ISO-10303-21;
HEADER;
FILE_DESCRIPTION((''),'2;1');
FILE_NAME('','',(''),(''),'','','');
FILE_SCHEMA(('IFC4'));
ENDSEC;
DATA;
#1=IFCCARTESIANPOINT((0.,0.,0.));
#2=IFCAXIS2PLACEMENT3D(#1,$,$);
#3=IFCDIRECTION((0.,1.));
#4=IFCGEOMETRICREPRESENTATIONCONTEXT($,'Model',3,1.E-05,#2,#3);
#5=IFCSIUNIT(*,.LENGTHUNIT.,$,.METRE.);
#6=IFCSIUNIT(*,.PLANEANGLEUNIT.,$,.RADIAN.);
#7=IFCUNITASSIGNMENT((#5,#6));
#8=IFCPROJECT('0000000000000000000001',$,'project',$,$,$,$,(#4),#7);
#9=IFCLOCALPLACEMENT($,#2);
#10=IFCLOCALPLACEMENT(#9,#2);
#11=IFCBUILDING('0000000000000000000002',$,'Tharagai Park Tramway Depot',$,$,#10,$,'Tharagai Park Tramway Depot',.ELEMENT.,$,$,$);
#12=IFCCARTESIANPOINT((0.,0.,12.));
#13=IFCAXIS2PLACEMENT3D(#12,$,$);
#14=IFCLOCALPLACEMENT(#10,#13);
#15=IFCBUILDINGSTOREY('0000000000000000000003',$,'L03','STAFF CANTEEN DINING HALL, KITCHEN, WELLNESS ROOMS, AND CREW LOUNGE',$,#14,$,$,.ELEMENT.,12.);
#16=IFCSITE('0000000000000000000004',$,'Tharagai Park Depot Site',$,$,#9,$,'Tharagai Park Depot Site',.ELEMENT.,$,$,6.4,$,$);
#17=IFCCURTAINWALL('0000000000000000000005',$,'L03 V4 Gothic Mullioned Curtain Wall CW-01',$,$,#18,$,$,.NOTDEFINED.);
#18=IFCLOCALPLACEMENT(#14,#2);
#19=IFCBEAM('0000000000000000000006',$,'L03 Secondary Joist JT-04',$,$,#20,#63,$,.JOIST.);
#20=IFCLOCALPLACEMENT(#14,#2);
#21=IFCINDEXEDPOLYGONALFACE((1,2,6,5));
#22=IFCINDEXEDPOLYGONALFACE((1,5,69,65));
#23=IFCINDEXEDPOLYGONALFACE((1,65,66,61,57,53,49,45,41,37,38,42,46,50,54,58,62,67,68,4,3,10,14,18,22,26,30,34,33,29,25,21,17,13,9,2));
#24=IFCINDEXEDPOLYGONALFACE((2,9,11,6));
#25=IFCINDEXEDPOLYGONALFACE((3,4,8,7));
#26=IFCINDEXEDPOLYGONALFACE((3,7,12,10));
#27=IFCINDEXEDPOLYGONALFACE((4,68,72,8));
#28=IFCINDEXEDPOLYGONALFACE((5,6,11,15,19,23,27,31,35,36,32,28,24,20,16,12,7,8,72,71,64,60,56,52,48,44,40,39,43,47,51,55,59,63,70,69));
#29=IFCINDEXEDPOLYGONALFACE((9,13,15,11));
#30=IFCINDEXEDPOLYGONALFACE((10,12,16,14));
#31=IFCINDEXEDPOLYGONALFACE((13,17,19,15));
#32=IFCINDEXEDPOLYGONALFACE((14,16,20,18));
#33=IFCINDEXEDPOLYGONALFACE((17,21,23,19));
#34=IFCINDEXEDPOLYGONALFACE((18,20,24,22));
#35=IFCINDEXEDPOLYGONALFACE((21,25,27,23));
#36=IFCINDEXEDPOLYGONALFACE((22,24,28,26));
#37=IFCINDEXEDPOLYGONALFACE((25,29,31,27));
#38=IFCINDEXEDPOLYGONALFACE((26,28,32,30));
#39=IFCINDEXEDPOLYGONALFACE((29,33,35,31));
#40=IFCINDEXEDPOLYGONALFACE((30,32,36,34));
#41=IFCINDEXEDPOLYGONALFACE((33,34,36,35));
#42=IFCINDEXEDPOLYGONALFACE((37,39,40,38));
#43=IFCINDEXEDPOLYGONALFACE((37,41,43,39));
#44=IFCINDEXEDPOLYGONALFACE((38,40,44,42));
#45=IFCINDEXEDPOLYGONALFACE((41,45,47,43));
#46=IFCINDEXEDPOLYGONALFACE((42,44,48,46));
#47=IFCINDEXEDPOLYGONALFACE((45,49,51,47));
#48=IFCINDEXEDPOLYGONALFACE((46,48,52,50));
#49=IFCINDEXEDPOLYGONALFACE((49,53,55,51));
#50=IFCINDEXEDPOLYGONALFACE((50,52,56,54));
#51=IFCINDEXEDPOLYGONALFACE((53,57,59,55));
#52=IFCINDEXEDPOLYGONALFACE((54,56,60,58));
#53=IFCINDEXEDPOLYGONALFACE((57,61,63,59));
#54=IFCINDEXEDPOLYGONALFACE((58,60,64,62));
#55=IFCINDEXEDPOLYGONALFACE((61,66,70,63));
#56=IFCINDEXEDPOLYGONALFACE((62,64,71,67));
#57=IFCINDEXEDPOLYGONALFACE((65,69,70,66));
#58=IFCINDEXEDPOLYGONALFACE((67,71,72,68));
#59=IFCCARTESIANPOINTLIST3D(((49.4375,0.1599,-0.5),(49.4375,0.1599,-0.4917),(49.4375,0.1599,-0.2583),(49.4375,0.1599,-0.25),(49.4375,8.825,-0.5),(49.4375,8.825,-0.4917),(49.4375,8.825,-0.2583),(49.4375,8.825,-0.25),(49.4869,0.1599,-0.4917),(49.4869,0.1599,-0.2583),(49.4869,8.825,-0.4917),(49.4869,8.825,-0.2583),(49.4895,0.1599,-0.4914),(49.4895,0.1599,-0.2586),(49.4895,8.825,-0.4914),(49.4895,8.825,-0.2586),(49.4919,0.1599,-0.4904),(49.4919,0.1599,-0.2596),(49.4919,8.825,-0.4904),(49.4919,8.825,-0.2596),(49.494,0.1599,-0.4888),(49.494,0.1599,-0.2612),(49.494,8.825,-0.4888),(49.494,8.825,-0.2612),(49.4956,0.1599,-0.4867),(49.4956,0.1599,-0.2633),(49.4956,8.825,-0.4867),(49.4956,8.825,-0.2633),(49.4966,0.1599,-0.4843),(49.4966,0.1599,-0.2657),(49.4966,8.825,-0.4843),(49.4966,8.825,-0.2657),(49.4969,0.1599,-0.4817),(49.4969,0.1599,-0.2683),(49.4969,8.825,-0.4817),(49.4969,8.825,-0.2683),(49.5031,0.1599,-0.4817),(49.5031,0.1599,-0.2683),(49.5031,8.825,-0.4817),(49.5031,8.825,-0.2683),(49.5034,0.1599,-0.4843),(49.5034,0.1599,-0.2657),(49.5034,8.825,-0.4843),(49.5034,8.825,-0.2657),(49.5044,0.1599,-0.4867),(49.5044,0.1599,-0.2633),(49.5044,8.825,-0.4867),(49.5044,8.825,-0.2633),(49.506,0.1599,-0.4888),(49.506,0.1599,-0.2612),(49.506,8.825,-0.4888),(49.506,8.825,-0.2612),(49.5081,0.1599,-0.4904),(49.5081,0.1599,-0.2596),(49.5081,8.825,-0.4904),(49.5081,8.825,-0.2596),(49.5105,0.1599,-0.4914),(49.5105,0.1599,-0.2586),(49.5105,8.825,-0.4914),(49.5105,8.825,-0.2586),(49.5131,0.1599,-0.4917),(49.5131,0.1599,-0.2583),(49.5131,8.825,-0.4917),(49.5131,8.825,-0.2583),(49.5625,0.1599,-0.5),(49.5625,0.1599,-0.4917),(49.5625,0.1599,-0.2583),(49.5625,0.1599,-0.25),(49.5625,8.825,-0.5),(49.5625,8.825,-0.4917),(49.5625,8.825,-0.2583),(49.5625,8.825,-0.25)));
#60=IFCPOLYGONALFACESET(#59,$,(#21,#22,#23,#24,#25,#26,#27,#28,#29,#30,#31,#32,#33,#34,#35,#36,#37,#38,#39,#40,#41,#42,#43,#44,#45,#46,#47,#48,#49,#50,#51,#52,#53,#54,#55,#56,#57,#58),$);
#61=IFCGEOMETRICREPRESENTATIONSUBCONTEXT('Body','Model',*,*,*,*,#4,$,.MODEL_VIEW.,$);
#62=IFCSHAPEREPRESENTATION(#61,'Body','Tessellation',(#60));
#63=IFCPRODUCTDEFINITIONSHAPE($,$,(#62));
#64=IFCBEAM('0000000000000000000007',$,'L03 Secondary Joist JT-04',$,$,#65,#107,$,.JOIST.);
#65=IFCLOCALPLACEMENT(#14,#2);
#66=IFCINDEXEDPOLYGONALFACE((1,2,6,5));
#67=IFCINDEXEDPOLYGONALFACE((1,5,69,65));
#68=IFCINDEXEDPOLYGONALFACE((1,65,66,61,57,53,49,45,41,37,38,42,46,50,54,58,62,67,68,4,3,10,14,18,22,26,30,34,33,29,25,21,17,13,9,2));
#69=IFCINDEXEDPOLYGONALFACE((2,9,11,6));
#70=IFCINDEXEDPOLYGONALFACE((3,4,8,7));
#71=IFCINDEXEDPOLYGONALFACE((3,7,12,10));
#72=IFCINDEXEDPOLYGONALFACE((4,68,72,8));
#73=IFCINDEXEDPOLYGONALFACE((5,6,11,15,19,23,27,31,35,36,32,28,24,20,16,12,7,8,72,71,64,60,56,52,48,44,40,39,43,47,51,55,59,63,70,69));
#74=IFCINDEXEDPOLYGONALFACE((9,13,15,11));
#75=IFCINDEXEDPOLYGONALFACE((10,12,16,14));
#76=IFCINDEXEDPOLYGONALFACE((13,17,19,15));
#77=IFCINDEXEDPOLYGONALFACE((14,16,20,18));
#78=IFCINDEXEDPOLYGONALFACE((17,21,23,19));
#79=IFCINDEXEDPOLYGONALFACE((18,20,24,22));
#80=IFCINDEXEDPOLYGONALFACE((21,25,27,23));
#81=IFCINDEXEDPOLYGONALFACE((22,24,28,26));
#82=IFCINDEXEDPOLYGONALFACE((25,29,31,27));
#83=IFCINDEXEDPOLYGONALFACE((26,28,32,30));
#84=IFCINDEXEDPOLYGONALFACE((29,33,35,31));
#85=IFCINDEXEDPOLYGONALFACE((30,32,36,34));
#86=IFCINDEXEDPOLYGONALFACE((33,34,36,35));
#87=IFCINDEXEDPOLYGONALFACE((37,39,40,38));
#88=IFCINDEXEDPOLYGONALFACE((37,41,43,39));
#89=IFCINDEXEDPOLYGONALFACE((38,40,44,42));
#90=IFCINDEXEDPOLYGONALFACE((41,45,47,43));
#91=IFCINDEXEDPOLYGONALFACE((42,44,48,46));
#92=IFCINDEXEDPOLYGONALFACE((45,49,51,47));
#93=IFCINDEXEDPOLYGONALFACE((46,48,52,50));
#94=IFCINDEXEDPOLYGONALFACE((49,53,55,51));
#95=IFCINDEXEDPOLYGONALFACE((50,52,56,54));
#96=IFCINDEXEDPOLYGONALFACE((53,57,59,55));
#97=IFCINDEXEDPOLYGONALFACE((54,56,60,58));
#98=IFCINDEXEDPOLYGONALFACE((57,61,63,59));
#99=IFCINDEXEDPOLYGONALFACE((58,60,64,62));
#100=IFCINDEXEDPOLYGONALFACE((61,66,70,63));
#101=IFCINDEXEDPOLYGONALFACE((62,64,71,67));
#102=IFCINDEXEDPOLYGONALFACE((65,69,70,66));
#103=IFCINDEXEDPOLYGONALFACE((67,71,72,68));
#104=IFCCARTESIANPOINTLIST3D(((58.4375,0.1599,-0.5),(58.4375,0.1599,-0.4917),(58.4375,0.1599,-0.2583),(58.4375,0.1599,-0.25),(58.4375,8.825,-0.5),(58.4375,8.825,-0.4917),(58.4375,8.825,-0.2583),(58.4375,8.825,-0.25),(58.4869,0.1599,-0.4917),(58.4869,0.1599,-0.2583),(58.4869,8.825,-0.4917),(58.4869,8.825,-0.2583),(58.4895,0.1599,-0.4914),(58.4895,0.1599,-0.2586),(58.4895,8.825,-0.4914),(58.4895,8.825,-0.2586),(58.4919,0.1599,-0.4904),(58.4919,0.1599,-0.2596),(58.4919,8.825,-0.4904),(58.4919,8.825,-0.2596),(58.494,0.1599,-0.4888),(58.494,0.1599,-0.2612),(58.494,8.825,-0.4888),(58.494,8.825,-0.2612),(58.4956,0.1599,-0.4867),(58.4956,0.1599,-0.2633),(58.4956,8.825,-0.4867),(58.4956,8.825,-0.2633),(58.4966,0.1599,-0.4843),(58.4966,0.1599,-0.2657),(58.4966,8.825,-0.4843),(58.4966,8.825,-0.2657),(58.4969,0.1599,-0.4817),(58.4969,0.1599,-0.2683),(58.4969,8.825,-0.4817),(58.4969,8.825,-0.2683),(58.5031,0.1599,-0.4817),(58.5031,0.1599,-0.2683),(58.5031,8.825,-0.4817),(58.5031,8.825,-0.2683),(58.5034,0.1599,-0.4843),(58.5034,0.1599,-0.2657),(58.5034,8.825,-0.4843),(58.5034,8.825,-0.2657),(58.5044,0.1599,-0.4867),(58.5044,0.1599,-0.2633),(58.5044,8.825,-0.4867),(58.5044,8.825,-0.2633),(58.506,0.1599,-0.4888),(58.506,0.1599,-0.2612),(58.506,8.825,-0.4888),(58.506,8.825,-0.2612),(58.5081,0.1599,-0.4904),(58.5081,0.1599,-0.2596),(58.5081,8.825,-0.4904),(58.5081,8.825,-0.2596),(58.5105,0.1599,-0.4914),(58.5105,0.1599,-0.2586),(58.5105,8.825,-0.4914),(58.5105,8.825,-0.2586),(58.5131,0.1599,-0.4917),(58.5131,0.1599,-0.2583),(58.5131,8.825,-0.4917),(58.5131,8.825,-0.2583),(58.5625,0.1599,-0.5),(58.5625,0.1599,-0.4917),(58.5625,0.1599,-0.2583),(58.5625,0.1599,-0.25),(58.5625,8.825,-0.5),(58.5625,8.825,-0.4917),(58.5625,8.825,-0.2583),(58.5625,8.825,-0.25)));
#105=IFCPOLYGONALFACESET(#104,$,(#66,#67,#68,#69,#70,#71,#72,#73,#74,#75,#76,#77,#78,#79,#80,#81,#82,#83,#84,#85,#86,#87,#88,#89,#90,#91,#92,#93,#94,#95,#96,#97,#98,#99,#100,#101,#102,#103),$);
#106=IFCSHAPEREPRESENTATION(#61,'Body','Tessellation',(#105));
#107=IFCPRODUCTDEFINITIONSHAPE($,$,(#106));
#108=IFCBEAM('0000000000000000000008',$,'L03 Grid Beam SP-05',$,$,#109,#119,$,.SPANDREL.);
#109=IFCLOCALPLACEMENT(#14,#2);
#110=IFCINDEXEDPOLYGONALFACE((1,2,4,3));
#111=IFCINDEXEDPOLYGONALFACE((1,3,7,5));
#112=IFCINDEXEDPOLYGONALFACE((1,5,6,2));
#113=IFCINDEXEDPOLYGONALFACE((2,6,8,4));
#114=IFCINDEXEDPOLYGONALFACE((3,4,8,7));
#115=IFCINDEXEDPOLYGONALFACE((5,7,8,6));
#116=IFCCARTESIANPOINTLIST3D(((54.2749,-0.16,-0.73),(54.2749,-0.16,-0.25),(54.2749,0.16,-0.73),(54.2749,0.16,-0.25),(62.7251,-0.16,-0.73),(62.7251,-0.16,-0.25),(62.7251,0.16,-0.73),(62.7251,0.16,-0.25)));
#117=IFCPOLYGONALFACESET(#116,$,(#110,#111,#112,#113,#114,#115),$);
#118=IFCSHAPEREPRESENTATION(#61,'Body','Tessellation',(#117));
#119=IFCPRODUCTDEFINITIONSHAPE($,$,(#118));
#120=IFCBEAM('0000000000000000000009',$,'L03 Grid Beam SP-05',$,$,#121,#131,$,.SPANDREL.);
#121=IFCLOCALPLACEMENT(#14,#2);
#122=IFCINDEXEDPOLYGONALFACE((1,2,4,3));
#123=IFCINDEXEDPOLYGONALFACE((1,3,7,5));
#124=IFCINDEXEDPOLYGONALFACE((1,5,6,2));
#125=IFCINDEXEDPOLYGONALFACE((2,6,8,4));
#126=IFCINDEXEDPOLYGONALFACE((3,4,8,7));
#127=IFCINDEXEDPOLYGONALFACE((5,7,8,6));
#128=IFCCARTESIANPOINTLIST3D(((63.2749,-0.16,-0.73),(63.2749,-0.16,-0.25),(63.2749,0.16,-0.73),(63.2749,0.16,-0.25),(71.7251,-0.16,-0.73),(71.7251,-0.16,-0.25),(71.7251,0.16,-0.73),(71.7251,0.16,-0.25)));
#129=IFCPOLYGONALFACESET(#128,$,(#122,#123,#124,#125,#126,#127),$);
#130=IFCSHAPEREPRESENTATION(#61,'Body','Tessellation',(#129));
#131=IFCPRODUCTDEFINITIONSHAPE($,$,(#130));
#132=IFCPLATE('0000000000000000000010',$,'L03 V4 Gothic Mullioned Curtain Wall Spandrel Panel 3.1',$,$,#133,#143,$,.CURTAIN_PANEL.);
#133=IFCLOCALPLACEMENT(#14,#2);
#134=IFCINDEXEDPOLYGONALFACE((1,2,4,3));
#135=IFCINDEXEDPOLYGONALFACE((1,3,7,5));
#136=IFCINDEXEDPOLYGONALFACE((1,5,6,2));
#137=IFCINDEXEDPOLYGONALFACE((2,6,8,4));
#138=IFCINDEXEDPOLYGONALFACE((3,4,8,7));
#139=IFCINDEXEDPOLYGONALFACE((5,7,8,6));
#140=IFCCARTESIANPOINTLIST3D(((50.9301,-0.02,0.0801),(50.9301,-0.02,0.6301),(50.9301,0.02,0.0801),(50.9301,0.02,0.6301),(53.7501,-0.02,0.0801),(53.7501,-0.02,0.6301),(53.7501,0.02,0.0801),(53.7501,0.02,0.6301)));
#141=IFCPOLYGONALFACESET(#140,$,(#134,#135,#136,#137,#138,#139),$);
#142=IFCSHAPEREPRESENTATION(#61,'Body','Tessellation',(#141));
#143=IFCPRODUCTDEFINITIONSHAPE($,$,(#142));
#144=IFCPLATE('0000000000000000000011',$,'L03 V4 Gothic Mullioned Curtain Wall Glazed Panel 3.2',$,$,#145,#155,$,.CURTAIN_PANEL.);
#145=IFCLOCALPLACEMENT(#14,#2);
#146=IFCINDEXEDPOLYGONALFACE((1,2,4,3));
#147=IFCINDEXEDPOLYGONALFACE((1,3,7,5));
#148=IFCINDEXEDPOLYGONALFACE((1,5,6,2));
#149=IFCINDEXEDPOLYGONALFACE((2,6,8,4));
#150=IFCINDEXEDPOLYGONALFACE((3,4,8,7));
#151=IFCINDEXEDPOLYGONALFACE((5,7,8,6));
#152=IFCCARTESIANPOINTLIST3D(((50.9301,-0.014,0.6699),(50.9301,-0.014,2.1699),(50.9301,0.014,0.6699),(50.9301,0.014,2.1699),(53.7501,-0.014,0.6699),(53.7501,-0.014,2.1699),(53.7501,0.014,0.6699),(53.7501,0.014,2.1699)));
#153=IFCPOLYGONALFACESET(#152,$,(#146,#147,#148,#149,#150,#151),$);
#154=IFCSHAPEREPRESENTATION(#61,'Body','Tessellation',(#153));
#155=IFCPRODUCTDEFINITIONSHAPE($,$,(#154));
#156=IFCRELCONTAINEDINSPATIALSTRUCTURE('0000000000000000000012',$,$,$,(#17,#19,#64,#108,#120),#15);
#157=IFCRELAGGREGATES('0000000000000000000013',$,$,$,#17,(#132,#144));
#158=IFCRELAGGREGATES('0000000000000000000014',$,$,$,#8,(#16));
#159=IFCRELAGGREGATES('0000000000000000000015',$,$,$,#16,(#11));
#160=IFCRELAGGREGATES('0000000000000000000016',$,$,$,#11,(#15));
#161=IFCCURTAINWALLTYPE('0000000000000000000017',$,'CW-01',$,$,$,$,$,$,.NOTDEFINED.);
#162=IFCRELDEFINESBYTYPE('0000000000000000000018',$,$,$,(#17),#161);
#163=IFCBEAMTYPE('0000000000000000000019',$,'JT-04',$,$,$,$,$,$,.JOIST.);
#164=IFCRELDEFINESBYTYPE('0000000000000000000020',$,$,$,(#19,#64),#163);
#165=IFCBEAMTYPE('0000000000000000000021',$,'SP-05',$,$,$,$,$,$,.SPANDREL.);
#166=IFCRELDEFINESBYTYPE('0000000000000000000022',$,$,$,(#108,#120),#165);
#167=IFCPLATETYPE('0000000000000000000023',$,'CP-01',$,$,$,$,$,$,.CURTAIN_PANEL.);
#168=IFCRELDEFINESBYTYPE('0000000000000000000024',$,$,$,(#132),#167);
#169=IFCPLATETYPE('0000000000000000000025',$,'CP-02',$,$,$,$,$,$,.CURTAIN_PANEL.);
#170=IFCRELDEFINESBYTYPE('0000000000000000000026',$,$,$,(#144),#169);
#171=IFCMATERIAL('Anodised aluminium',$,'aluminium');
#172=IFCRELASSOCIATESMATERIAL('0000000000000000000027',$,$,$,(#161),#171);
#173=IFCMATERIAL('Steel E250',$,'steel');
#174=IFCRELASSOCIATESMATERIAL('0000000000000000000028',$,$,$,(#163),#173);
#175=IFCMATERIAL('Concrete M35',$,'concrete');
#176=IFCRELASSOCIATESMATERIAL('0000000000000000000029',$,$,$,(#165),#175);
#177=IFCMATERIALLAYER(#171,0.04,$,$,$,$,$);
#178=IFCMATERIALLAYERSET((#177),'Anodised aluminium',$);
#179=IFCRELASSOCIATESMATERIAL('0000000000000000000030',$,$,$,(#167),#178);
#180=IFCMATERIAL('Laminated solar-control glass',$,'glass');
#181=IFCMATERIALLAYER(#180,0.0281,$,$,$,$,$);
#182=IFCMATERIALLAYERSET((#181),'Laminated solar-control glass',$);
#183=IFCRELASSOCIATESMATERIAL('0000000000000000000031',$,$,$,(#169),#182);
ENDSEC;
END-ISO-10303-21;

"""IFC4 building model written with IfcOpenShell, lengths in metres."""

from ifc_helpers import new_model, si_unit, direction, frame, origin, origin_2d, place, context, subcontext, project, spatial, rectangle, i_section, extrude, material, layer, layer_set, material_profile, profile_set, type_object, element, aggregate, save


model = new_model("IFC4")

# Units and contexts
model_context = context("Model", 3, precision=1e-05, world=origin(), true_north=direction((0.0, 1.0)))
body_context = subcontext(model_context, "Body", "Model", "MODEL_VIEW")
ifc_project = project(units=[si_unit("LENGTHUNIT", "METRE"), si_unit("PLANEANGLEUNIT", "RADIAN")], contexts=[model_context])

# Site, building, storey
site_placement = place(None, origin())
site = spatial("IfcSite", under=ifc_project, at=site_placement, Name="Tharagai Park Depot Site", LongName="Tharagai Park Depot Site", CompositionType="ELEMENT", RefElevation=6.4)
building_placement = place(site_placement, origin())
building = spatial("IfcBuilding", under=site, at=building_placement, Name="Tharagai Park Tramway Depot", LongName="Tharagai Park Tramway Depot", CompositionType="ELEMENT")
storey_placement = place(building_placement, frame((0.0, 0.0, 12.0)))
storey = spatial("IfcBuildingStorey", under=building, at=storey_placement, Name="L03", Description="STAFF CANTEEN DINING HALL, KITCHEN, WELLNESS ROOMS, AND CREW LOUNGE", CompositionType="ELEMENT", Elevation=12.0)

# Shared definitions
ifc_material_1 = material(Name="Concrete M35", Category="concrete")

# Curtain wall
ifc_material_2 = material(Name="Anodised aluminium", Category="aluminium")
curtain_wall_type = type_object("IfcCurtainWallType", Name="CW-01", PredefinedType="NOTDEFINED", material=ifc_material_2)
curtain_wall_placement = place(storey_placement, origin())
curtain_wall = element("IfcCurtainWall", 1, at=curtain_wall_placement, inside=storey, type_object=curtain_wall_type, Name="L03 V4 Gothic Mullioned Curtain Wall CW-01", PredefinedType="NOTDEFINED")

# Beams
ifc_material_3 = material(Name="Steel E250", Category="steel")
ifc_material_profile_1 = material_profile(ifc_material_3, i_section(OverallWidth=0.125, OverallDepth=0.25, WebThickness=0.0061, FlangeThickness=0.0083, FilletRadius=0.01, at=origin_2d()), Name="ISLB 250")
ifc_profile_set_1 = profile_set([ifc_material_profile_1], Name="Steel E250")
beam_type_1 = type_object("IfcBeamType", Name="JT-04", PredefinedType="JOIST", material=ifc_profile_set_1)
for number, where, z_axis, x_axis, name in (
    (2, (49.5, 0.1599, -0.375), (0.0, 1.0, 0.0), (-1.0, 0.0, 0.0), "L03 Secondary Joist JT-04"),
    (3, (58.5, 0.1599, -0.375), (0.0, 1.0, 0.0), (-1.0, 0.0, 0.0), "L03 Secondary Joist JT-04"),
):
    element("IfcBeam", number, at=place(storey_placement, frame(where, z_axis=z_axis, x_axis=x_axis)), inside=storey, type_object=beam_type_1, Name=name, PredefinedType="JOIST", context=body_context, shape_type="SweptSolid", body=[
        extrude(i_section(OverallWidth=0.125, OverallDepth=0.25, WebThickness=0.0061, FlangeThickness=0.0083, FilletRadius=0.01, at=origin_2d()), origin(), (0.0, 0.0, 1.0), 8.665),
    ])
ifc_material_profile_2 = material_profile(ifc_material_1, rectangle(XDim=0.3201, YDim=0.48, at=origin_2d()), Name="RC 320x480")
ifc_profile_set_2 = profile_set([ifc_material_profile_2], Name="Concrete M35")
beam_type_2 = type_object("IfcBeamType", Name="SP-05", PredefinedType="SPANDREL", material=ifc_profile_set_2)
for number, where, z_axis, x_axis, name in (
    (4, (54.2749, 0.0, -0.49), (1.0, 0.0, 0.0), (0.0, 1.0, 0.0), "L03 Grid Beam SP-05"),
    (5, (63.2749, 0.0, -0.49), (1.0, 0.0, 0.0), (0.0, 1.0, 0.0), "L03 Grid Beam SP-05"),
):
    element("IfcBeam", number, at=place(storey_placement, frame(where, z_axis=z_axis, x_axis=x_axis)), inside=storey, type_object=beam_type_2, Name=name, PredefinedType="SPANDREL", context=body_context, shape_type="SweptSolid", body=[
        extrude(rectangle(XDim=0.3201, YDim=0.48, at=origin_2d()), origin(), (0.0, 0.0, 1.0), 8.4502),
    ])

# Plates
ifc_layer_1 = layer(ifc_material_2, 0.04)
ifc_layer_set_1 = layer_set([ifc_layer_1], Name="Anodised aluminium")
plate_type_1 = type_object("IfcPlateType", Name="CP-01", PredefinedType="CURTAIN_PANEL", material=ifc_layer_set_1)
plate_1_placement = place(storey_placement, frame((52.3401, 0.0, 0.0801), z_axis=(0.0, 0.0, 1.0), x_axis=(1.0, 0.0, 0.0)))
plate_1 = element("IfcPlate", 6, at=plate_1_placement, type_object=plate_type_1, Name="L03 V4 Gothic Mullioned Curtain Wall Spandrel Panel 3.1", PredefinedType="CURTAIN_PANEL", context=body_context, shape_type="SweptSolid", body=[
    extrude(rectangle(XDim=2.8201, YDim=0.04, at=origin_2d()), origin(), (0.0, 0.0, 1.0), 0.55),
])
ifc_material_4 = material(Name="Laminated solar-control glass", Category="glass")
ifc_layer_2 = layer(ifc_material_4, 0.0281)
ifc_layer_set_2 = layer_set([ifc_layer_2], Name="Laminated solar-control glass")
plate_type_2 = type_object("IfcPlateType", Name="CP-02", PredefinedType="CURTAIN_PANEL", material=ifc_layer_set_2)
plate_2_placement = place(storey_placement, frame((52.3401, 0.0, 0.6699), z_axis=(0.0, 0.0, 1.0), x_axis=(1.0, 0.0, 0.0)))
plate_2 = element("IfcPlate", 7, at=plate_2_placement, type_object=plate_type_2, Name="L03 V4 Gothic Mullioned Curtain Wall Glazed Panel 3.2", PredefinedType="CURTAIN_PANEL", context=body_context, shape_type="SweptSolid", body=[
    extrude(rectangle(XDim=2.8201, YDim=0.0281, at=origin_2d()), origin(), (0.0, 0.0, 1.0), 1.5),
])
aggregate(curtain_wall, [plate_1, plate_2])

save(model, "model.ifc")
